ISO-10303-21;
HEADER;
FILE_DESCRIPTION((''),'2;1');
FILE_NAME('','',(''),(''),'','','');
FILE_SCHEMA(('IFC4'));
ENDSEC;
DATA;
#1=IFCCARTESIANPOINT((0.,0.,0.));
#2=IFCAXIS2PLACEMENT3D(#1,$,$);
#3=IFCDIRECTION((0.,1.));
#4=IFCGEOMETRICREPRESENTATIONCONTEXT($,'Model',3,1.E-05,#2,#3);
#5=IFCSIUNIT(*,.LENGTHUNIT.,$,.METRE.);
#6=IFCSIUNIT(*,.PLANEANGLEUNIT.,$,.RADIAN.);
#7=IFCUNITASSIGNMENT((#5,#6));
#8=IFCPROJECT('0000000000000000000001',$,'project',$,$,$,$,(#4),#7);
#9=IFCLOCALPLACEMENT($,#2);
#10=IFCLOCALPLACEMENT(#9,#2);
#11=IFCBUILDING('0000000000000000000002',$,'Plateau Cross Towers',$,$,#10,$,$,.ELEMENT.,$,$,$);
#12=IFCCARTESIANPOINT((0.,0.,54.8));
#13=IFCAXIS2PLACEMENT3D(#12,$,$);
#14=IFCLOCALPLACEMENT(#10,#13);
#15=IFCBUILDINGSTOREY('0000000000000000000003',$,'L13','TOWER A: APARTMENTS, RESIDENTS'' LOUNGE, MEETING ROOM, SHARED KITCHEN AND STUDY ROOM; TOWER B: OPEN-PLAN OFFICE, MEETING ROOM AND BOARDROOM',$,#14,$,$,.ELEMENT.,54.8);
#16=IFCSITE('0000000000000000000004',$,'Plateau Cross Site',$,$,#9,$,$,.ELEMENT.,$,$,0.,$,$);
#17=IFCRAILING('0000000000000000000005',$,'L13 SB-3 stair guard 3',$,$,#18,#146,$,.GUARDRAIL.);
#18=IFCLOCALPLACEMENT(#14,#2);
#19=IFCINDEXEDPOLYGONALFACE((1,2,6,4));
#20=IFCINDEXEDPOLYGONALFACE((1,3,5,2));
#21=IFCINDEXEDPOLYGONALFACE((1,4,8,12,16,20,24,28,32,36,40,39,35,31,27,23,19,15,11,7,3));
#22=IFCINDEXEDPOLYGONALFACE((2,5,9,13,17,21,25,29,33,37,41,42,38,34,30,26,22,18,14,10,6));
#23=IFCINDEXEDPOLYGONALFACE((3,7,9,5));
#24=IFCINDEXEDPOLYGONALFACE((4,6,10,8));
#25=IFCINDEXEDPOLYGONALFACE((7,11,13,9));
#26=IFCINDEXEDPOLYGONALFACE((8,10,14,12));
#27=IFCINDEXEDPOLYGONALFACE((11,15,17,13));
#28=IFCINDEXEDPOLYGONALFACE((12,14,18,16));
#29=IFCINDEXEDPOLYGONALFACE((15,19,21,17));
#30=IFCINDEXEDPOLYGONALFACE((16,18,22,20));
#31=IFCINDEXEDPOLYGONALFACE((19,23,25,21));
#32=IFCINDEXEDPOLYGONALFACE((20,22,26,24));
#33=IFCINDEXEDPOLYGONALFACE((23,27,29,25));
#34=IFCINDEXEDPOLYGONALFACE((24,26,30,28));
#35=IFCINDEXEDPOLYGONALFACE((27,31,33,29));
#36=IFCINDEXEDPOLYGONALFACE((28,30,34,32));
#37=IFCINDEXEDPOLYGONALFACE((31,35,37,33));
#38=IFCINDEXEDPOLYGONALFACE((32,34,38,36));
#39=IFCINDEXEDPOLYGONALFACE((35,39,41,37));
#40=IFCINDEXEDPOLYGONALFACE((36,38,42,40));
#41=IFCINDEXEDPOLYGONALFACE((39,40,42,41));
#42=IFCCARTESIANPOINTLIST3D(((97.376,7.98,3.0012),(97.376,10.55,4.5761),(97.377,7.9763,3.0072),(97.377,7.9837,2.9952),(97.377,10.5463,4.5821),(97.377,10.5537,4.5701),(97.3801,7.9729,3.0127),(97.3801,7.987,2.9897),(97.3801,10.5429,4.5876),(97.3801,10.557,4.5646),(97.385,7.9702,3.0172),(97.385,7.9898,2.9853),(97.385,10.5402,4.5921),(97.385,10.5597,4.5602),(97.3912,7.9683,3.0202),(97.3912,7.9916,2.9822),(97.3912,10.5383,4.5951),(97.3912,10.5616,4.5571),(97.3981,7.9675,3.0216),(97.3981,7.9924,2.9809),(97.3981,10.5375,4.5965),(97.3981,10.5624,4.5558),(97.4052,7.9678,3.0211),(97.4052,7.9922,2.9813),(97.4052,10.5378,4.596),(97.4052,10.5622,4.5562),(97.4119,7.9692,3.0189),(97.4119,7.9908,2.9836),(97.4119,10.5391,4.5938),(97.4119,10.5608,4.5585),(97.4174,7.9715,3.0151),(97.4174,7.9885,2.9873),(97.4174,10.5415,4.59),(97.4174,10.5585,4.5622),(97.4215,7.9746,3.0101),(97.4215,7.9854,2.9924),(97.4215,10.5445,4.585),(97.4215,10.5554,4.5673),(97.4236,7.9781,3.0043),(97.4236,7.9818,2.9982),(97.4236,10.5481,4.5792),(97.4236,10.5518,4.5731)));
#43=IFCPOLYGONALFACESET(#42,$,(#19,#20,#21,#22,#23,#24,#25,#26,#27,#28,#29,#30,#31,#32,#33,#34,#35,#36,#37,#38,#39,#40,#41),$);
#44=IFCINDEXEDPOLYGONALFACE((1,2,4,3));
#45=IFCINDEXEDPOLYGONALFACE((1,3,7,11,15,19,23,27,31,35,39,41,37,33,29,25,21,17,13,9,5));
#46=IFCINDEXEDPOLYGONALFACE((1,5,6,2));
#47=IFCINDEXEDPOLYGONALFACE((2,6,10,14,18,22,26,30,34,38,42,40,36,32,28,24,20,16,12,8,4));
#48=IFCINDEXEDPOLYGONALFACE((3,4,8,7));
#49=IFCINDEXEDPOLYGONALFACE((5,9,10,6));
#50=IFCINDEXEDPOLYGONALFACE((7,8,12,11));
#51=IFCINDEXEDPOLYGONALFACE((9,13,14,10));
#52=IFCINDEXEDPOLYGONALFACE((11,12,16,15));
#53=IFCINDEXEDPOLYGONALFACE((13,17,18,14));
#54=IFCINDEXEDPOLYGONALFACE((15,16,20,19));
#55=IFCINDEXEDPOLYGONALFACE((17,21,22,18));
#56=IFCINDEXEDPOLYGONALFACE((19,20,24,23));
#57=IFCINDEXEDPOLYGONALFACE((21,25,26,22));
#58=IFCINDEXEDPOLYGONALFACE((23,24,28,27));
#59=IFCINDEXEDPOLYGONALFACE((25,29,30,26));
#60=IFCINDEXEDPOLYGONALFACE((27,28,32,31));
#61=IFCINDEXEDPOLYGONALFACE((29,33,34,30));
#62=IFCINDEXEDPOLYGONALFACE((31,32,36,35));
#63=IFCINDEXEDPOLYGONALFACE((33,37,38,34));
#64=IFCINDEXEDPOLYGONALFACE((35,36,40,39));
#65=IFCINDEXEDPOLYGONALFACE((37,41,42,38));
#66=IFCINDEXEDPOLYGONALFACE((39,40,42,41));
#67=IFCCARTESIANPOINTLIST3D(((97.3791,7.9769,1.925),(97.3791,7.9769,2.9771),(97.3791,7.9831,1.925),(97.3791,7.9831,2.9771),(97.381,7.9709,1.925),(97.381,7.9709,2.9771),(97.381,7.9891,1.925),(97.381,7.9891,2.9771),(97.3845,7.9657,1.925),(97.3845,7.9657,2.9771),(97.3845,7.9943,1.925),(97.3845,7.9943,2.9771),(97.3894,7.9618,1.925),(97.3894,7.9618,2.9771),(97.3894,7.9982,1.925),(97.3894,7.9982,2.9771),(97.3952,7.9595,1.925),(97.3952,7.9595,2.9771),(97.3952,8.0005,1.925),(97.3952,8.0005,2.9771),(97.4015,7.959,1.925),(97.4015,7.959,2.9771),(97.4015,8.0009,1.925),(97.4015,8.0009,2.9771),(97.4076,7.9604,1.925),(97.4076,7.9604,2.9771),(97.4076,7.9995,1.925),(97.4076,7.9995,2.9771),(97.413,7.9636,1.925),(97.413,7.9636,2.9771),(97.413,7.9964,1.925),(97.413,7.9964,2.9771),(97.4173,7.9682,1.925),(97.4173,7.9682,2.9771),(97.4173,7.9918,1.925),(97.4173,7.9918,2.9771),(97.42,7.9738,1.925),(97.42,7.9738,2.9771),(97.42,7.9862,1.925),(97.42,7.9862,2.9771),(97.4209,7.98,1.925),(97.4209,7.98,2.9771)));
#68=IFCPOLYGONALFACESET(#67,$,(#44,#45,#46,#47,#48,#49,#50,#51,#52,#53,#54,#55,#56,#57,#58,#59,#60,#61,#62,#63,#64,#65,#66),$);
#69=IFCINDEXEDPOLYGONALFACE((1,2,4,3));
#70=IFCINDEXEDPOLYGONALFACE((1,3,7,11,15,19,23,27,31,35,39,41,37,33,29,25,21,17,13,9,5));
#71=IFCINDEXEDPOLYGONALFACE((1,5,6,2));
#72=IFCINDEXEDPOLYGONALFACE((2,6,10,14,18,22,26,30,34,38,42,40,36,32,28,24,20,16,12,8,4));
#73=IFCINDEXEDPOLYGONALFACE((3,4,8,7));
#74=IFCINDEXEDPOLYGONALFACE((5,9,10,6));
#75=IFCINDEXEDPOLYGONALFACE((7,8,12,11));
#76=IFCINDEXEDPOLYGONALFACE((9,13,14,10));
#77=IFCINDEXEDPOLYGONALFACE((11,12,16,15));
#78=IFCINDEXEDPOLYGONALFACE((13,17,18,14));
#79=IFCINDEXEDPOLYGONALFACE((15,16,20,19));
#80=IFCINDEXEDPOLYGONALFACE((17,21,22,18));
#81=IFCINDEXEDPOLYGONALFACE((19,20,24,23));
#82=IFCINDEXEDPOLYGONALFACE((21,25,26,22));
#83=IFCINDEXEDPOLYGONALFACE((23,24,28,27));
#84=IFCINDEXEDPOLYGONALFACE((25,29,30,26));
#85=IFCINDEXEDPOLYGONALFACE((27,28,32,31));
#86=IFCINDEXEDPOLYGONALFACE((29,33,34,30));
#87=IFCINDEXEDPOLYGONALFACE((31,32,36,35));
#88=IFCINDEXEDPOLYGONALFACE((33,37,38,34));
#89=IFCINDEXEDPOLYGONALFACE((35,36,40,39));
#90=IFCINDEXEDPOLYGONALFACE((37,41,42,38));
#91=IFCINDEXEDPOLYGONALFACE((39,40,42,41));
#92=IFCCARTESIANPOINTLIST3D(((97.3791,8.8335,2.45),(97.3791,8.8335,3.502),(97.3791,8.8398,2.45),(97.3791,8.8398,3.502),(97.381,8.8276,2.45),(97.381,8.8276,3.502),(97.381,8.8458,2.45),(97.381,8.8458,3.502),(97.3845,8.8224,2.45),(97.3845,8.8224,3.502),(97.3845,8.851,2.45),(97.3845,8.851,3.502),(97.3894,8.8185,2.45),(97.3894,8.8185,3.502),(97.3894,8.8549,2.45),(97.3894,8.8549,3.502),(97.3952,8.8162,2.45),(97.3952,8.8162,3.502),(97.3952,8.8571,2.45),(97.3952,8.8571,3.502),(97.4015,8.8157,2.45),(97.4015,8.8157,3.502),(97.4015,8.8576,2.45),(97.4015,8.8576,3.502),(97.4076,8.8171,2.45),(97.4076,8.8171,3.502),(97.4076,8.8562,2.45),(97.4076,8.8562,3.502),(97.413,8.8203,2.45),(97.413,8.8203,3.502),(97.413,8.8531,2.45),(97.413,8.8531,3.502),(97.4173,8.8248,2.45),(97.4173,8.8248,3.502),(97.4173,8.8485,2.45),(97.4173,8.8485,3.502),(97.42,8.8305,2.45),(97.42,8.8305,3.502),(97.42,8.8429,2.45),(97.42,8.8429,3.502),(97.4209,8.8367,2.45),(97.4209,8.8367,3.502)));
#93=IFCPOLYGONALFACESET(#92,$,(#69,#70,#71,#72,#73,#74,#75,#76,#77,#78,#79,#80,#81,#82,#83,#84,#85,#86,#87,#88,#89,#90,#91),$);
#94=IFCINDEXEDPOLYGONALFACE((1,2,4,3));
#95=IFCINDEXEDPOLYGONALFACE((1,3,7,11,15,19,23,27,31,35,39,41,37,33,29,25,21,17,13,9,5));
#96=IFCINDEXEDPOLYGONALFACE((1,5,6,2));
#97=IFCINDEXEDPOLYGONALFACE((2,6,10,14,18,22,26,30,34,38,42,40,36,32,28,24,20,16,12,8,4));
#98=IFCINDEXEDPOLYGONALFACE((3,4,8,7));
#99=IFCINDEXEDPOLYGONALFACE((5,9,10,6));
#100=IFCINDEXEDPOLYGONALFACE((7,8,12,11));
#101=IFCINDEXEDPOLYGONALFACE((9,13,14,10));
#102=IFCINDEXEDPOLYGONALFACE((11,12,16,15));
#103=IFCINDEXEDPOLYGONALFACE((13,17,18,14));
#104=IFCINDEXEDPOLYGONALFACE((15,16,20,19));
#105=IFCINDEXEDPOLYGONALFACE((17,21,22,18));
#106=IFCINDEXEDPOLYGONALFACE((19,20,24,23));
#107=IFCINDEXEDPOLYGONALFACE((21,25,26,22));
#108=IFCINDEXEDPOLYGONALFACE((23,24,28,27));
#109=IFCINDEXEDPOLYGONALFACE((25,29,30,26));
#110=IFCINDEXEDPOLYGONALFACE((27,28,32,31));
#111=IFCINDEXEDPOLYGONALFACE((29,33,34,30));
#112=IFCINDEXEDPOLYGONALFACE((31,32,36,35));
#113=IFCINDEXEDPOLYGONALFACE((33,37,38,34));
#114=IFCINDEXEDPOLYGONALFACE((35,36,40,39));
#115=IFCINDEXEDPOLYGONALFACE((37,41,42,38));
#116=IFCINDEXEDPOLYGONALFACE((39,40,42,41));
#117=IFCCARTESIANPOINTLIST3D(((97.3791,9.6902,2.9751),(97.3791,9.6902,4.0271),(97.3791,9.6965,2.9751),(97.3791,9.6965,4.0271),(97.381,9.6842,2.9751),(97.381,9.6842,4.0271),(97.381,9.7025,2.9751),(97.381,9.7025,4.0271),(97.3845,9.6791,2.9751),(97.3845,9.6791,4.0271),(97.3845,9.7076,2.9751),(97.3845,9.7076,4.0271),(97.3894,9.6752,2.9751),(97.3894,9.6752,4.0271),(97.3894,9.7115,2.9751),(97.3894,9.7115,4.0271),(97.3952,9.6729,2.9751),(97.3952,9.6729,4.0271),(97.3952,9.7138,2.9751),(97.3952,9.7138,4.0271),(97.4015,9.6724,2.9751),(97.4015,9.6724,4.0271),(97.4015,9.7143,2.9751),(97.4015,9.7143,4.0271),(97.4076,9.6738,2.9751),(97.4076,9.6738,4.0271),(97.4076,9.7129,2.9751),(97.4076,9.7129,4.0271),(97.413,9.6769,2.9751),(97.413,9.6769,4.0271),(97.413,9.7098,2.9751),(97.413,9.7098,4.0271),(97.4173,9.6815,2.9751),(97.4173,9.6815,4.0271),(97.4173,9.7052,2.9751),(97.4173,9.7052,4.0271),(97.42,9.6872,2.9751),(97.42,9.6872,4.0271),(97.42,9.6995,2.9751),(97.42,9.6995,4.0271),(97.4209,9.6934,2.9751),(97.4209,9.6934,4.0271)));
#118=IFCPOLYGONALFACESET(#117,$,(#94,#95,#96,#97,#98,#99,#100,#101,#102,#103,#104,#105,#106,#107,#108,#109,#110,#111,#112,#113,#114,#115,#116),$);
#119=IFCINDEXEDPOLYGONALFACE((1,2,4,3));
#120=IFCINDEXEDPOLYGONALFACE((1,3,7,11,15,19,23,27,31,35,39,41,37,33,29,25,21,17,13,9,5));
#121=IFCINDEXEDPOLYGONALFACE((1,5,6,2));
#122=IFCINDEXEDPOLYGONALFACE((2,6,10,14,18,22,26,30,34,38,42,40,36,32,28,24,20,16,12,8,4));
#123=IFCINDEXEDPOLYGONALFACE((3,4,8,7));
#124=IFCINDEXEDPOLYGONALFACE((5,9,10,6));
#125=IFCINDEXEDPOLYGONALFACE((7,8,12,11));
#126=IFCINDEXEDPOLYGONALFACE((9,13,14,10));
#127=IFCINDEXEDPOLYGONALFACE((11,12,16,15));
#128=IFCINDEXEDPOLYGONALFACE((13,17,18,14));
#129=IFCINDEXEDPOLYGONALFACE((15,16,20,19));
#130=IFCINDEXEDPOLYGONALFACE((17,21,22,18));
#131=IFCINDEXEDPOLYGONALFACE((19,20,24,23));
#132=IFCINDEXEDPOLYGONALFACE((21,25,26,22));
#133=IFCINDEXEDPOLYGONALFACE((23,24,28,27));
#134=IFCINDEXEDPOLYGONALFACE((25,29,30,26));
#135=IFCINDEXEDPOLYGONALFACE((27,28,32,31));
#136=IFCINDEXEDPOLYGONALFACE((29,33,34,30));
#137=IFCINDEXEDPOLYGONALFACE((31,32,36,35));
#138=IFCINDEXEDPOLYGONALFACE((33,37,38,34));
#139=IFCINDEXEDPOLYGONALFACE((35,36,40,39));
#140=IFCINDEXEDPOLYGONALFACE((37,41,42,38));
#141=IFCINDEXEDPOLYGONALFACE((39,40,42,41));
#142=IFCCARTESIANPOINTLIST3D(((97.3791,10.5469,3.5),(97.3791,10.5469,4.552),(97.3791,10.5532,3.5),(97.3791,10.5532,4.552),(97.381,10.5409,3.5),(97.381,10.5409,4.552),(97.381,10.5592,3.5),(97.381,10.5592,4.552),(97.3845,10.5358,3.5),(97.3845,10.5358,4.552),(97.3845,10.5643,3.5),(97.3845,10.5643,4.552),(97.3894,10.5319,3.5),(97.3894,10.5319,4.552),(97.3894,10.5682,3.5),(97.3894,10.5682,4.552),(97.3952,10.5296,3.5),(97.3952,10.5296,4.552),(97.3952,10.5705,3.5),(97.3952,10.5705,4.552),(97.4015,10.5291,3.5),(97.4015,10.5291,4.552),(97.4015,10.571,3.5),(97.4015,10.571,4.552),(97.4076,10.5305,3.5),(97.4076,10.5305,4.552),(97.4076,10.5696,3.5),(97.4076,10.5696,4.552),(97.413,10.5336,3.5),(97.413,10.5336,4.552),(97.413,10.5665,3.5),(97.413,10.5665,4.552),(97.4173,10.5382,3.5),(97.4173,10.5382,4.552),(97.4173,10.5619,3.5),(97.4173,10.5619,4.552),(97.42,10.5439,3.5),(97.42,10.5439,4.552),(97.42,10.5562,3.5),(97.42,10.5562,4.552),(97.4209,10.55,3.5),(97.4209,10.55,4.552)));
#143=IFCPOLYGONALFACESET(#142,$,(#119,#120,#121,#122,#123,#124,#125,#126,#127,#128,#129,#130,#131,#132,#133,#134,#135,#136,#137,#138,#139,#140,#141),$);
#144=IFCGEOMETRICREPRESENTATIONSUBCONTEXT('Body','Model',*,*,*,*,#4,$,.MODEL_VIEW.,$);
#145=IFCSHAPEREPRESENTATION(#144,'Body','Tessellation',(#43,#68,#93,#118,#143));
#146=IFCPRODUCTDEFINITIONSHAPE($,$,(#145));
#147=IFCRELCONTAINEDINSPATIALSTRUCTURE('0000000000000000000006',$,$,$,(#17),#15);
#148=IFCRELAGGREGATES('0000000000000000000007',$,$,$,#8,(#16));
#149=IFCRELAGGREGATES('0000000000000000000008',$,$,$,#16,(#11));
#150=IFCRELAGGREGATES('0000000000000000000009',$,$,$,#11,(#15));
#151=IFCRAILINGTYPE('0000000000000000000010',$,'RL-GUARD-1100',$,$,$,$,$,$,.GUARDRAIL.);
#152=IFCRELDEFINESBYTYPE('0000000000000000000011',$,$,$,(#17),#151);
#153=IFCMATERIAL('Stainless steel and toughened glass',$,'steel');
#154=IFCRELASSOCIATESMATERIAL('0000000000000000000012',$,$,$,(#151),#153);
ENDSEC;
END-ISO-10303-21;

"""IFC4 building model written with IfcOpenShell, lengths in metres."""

from ifc_helpers import new_model, si_unit, direction, frame, origin, origin_2d, place, context, subcontext, project, spatial, circle, extrude, material, type_object, element, save


model = new_model("IFC4")

# Units and contexts
model_context = context("Model", 3, precision=1e-05, world=origin(), true_north=direction((0.0, 1.0)))
body_context = subcontext(model_context, "Body", "Model", "MODEL_VIEW")
ifc_project = project(units=[si_unit("LENGTHUNIT", "METRE"), si_unit("PLANEANGLEUNIT", "RADIAN")], contexts=[model_context])

# Site, building, storey
site_placement = place(None, origin())
site = spatial("IfcSite", under=ifc_project, at=site_placement, Name="Plateau Cross Site", CompositionType="ELEMENT", RefElevation=0.0)
building_placement = place(site_placement, origin())
building = spatial("IfcBuilding", under=site, at=building_placement, Name="Plateau Cross Towers", CompositionType="ELEMENT")
storey_placement = place(building_placement, frame((0.0, 0.0, 54.8)))
storey = spatial("IfcBuildingStorey", under=building, at=storey_placement, Name="L13", Description="TOWER A: APARTMENTS, RESIDENTS' LOUNGE, MEETING ROOM, SHARED KITCHEN AND STUDY ROOM; TOWER B: OPEN-PLAN OFFICE, MEETING ROOM AND BOARDROOM", CompositionType="ELEMENT", Elevation=54.8)

# Railing
ifc_material_1 = material(Name="Stainless steel and toughened glass", Category="steel")
railing_type_1 = type_object("IfcRailingType", Name="RL-GUARD-1100", PredefinedType="GUARDRAIL", material=ifc_material_1)
railing_1_placement = place(storey_placement, frame((97.3999, 7.98, 1.925)))
element("IfcRailing", 1, at=railing_1_placement, inside=storey, type_object=railing_type_1, Name="L13 SB-3 stair guard 3", PredefinedType="GUARDRAIL", context=body_context, shape_type="SweptSolid", body=[
    extrude(circle(Radius=0.0239, at=origin_2d()), frame((0.0, 0.0, 1.0762), z_axis=(0.0, 0.852639, 0.522501), x_axis=(-1.0, 0.0, 0.0)), (0.0, 0.0, 1.0), 3.0142),
    extrude(circle(Radius=0.021, at=origin_2d()), origin(), (0.0, 0.0, 1.0), 1.052),
    extrude(circle(Radius=0.021, at=origin_2d()), frame((0.0, 0.8567, 0.5249)), (0.0, 0.0, 1.0), 1.052),
    extrude(circle(Radius=0.021, at=origin_2d()), frame((0.0, 1.7134, 1.05)), (0.0, 0.0, 1.0), 1.052),
    extrude(circle(Radius=0.021, at=origin_2d()), frame((0.0, 2.5701, 1.575)), (0.0, 0.0, 1.0), 1.052),
])

save(model, "model.ifc")
